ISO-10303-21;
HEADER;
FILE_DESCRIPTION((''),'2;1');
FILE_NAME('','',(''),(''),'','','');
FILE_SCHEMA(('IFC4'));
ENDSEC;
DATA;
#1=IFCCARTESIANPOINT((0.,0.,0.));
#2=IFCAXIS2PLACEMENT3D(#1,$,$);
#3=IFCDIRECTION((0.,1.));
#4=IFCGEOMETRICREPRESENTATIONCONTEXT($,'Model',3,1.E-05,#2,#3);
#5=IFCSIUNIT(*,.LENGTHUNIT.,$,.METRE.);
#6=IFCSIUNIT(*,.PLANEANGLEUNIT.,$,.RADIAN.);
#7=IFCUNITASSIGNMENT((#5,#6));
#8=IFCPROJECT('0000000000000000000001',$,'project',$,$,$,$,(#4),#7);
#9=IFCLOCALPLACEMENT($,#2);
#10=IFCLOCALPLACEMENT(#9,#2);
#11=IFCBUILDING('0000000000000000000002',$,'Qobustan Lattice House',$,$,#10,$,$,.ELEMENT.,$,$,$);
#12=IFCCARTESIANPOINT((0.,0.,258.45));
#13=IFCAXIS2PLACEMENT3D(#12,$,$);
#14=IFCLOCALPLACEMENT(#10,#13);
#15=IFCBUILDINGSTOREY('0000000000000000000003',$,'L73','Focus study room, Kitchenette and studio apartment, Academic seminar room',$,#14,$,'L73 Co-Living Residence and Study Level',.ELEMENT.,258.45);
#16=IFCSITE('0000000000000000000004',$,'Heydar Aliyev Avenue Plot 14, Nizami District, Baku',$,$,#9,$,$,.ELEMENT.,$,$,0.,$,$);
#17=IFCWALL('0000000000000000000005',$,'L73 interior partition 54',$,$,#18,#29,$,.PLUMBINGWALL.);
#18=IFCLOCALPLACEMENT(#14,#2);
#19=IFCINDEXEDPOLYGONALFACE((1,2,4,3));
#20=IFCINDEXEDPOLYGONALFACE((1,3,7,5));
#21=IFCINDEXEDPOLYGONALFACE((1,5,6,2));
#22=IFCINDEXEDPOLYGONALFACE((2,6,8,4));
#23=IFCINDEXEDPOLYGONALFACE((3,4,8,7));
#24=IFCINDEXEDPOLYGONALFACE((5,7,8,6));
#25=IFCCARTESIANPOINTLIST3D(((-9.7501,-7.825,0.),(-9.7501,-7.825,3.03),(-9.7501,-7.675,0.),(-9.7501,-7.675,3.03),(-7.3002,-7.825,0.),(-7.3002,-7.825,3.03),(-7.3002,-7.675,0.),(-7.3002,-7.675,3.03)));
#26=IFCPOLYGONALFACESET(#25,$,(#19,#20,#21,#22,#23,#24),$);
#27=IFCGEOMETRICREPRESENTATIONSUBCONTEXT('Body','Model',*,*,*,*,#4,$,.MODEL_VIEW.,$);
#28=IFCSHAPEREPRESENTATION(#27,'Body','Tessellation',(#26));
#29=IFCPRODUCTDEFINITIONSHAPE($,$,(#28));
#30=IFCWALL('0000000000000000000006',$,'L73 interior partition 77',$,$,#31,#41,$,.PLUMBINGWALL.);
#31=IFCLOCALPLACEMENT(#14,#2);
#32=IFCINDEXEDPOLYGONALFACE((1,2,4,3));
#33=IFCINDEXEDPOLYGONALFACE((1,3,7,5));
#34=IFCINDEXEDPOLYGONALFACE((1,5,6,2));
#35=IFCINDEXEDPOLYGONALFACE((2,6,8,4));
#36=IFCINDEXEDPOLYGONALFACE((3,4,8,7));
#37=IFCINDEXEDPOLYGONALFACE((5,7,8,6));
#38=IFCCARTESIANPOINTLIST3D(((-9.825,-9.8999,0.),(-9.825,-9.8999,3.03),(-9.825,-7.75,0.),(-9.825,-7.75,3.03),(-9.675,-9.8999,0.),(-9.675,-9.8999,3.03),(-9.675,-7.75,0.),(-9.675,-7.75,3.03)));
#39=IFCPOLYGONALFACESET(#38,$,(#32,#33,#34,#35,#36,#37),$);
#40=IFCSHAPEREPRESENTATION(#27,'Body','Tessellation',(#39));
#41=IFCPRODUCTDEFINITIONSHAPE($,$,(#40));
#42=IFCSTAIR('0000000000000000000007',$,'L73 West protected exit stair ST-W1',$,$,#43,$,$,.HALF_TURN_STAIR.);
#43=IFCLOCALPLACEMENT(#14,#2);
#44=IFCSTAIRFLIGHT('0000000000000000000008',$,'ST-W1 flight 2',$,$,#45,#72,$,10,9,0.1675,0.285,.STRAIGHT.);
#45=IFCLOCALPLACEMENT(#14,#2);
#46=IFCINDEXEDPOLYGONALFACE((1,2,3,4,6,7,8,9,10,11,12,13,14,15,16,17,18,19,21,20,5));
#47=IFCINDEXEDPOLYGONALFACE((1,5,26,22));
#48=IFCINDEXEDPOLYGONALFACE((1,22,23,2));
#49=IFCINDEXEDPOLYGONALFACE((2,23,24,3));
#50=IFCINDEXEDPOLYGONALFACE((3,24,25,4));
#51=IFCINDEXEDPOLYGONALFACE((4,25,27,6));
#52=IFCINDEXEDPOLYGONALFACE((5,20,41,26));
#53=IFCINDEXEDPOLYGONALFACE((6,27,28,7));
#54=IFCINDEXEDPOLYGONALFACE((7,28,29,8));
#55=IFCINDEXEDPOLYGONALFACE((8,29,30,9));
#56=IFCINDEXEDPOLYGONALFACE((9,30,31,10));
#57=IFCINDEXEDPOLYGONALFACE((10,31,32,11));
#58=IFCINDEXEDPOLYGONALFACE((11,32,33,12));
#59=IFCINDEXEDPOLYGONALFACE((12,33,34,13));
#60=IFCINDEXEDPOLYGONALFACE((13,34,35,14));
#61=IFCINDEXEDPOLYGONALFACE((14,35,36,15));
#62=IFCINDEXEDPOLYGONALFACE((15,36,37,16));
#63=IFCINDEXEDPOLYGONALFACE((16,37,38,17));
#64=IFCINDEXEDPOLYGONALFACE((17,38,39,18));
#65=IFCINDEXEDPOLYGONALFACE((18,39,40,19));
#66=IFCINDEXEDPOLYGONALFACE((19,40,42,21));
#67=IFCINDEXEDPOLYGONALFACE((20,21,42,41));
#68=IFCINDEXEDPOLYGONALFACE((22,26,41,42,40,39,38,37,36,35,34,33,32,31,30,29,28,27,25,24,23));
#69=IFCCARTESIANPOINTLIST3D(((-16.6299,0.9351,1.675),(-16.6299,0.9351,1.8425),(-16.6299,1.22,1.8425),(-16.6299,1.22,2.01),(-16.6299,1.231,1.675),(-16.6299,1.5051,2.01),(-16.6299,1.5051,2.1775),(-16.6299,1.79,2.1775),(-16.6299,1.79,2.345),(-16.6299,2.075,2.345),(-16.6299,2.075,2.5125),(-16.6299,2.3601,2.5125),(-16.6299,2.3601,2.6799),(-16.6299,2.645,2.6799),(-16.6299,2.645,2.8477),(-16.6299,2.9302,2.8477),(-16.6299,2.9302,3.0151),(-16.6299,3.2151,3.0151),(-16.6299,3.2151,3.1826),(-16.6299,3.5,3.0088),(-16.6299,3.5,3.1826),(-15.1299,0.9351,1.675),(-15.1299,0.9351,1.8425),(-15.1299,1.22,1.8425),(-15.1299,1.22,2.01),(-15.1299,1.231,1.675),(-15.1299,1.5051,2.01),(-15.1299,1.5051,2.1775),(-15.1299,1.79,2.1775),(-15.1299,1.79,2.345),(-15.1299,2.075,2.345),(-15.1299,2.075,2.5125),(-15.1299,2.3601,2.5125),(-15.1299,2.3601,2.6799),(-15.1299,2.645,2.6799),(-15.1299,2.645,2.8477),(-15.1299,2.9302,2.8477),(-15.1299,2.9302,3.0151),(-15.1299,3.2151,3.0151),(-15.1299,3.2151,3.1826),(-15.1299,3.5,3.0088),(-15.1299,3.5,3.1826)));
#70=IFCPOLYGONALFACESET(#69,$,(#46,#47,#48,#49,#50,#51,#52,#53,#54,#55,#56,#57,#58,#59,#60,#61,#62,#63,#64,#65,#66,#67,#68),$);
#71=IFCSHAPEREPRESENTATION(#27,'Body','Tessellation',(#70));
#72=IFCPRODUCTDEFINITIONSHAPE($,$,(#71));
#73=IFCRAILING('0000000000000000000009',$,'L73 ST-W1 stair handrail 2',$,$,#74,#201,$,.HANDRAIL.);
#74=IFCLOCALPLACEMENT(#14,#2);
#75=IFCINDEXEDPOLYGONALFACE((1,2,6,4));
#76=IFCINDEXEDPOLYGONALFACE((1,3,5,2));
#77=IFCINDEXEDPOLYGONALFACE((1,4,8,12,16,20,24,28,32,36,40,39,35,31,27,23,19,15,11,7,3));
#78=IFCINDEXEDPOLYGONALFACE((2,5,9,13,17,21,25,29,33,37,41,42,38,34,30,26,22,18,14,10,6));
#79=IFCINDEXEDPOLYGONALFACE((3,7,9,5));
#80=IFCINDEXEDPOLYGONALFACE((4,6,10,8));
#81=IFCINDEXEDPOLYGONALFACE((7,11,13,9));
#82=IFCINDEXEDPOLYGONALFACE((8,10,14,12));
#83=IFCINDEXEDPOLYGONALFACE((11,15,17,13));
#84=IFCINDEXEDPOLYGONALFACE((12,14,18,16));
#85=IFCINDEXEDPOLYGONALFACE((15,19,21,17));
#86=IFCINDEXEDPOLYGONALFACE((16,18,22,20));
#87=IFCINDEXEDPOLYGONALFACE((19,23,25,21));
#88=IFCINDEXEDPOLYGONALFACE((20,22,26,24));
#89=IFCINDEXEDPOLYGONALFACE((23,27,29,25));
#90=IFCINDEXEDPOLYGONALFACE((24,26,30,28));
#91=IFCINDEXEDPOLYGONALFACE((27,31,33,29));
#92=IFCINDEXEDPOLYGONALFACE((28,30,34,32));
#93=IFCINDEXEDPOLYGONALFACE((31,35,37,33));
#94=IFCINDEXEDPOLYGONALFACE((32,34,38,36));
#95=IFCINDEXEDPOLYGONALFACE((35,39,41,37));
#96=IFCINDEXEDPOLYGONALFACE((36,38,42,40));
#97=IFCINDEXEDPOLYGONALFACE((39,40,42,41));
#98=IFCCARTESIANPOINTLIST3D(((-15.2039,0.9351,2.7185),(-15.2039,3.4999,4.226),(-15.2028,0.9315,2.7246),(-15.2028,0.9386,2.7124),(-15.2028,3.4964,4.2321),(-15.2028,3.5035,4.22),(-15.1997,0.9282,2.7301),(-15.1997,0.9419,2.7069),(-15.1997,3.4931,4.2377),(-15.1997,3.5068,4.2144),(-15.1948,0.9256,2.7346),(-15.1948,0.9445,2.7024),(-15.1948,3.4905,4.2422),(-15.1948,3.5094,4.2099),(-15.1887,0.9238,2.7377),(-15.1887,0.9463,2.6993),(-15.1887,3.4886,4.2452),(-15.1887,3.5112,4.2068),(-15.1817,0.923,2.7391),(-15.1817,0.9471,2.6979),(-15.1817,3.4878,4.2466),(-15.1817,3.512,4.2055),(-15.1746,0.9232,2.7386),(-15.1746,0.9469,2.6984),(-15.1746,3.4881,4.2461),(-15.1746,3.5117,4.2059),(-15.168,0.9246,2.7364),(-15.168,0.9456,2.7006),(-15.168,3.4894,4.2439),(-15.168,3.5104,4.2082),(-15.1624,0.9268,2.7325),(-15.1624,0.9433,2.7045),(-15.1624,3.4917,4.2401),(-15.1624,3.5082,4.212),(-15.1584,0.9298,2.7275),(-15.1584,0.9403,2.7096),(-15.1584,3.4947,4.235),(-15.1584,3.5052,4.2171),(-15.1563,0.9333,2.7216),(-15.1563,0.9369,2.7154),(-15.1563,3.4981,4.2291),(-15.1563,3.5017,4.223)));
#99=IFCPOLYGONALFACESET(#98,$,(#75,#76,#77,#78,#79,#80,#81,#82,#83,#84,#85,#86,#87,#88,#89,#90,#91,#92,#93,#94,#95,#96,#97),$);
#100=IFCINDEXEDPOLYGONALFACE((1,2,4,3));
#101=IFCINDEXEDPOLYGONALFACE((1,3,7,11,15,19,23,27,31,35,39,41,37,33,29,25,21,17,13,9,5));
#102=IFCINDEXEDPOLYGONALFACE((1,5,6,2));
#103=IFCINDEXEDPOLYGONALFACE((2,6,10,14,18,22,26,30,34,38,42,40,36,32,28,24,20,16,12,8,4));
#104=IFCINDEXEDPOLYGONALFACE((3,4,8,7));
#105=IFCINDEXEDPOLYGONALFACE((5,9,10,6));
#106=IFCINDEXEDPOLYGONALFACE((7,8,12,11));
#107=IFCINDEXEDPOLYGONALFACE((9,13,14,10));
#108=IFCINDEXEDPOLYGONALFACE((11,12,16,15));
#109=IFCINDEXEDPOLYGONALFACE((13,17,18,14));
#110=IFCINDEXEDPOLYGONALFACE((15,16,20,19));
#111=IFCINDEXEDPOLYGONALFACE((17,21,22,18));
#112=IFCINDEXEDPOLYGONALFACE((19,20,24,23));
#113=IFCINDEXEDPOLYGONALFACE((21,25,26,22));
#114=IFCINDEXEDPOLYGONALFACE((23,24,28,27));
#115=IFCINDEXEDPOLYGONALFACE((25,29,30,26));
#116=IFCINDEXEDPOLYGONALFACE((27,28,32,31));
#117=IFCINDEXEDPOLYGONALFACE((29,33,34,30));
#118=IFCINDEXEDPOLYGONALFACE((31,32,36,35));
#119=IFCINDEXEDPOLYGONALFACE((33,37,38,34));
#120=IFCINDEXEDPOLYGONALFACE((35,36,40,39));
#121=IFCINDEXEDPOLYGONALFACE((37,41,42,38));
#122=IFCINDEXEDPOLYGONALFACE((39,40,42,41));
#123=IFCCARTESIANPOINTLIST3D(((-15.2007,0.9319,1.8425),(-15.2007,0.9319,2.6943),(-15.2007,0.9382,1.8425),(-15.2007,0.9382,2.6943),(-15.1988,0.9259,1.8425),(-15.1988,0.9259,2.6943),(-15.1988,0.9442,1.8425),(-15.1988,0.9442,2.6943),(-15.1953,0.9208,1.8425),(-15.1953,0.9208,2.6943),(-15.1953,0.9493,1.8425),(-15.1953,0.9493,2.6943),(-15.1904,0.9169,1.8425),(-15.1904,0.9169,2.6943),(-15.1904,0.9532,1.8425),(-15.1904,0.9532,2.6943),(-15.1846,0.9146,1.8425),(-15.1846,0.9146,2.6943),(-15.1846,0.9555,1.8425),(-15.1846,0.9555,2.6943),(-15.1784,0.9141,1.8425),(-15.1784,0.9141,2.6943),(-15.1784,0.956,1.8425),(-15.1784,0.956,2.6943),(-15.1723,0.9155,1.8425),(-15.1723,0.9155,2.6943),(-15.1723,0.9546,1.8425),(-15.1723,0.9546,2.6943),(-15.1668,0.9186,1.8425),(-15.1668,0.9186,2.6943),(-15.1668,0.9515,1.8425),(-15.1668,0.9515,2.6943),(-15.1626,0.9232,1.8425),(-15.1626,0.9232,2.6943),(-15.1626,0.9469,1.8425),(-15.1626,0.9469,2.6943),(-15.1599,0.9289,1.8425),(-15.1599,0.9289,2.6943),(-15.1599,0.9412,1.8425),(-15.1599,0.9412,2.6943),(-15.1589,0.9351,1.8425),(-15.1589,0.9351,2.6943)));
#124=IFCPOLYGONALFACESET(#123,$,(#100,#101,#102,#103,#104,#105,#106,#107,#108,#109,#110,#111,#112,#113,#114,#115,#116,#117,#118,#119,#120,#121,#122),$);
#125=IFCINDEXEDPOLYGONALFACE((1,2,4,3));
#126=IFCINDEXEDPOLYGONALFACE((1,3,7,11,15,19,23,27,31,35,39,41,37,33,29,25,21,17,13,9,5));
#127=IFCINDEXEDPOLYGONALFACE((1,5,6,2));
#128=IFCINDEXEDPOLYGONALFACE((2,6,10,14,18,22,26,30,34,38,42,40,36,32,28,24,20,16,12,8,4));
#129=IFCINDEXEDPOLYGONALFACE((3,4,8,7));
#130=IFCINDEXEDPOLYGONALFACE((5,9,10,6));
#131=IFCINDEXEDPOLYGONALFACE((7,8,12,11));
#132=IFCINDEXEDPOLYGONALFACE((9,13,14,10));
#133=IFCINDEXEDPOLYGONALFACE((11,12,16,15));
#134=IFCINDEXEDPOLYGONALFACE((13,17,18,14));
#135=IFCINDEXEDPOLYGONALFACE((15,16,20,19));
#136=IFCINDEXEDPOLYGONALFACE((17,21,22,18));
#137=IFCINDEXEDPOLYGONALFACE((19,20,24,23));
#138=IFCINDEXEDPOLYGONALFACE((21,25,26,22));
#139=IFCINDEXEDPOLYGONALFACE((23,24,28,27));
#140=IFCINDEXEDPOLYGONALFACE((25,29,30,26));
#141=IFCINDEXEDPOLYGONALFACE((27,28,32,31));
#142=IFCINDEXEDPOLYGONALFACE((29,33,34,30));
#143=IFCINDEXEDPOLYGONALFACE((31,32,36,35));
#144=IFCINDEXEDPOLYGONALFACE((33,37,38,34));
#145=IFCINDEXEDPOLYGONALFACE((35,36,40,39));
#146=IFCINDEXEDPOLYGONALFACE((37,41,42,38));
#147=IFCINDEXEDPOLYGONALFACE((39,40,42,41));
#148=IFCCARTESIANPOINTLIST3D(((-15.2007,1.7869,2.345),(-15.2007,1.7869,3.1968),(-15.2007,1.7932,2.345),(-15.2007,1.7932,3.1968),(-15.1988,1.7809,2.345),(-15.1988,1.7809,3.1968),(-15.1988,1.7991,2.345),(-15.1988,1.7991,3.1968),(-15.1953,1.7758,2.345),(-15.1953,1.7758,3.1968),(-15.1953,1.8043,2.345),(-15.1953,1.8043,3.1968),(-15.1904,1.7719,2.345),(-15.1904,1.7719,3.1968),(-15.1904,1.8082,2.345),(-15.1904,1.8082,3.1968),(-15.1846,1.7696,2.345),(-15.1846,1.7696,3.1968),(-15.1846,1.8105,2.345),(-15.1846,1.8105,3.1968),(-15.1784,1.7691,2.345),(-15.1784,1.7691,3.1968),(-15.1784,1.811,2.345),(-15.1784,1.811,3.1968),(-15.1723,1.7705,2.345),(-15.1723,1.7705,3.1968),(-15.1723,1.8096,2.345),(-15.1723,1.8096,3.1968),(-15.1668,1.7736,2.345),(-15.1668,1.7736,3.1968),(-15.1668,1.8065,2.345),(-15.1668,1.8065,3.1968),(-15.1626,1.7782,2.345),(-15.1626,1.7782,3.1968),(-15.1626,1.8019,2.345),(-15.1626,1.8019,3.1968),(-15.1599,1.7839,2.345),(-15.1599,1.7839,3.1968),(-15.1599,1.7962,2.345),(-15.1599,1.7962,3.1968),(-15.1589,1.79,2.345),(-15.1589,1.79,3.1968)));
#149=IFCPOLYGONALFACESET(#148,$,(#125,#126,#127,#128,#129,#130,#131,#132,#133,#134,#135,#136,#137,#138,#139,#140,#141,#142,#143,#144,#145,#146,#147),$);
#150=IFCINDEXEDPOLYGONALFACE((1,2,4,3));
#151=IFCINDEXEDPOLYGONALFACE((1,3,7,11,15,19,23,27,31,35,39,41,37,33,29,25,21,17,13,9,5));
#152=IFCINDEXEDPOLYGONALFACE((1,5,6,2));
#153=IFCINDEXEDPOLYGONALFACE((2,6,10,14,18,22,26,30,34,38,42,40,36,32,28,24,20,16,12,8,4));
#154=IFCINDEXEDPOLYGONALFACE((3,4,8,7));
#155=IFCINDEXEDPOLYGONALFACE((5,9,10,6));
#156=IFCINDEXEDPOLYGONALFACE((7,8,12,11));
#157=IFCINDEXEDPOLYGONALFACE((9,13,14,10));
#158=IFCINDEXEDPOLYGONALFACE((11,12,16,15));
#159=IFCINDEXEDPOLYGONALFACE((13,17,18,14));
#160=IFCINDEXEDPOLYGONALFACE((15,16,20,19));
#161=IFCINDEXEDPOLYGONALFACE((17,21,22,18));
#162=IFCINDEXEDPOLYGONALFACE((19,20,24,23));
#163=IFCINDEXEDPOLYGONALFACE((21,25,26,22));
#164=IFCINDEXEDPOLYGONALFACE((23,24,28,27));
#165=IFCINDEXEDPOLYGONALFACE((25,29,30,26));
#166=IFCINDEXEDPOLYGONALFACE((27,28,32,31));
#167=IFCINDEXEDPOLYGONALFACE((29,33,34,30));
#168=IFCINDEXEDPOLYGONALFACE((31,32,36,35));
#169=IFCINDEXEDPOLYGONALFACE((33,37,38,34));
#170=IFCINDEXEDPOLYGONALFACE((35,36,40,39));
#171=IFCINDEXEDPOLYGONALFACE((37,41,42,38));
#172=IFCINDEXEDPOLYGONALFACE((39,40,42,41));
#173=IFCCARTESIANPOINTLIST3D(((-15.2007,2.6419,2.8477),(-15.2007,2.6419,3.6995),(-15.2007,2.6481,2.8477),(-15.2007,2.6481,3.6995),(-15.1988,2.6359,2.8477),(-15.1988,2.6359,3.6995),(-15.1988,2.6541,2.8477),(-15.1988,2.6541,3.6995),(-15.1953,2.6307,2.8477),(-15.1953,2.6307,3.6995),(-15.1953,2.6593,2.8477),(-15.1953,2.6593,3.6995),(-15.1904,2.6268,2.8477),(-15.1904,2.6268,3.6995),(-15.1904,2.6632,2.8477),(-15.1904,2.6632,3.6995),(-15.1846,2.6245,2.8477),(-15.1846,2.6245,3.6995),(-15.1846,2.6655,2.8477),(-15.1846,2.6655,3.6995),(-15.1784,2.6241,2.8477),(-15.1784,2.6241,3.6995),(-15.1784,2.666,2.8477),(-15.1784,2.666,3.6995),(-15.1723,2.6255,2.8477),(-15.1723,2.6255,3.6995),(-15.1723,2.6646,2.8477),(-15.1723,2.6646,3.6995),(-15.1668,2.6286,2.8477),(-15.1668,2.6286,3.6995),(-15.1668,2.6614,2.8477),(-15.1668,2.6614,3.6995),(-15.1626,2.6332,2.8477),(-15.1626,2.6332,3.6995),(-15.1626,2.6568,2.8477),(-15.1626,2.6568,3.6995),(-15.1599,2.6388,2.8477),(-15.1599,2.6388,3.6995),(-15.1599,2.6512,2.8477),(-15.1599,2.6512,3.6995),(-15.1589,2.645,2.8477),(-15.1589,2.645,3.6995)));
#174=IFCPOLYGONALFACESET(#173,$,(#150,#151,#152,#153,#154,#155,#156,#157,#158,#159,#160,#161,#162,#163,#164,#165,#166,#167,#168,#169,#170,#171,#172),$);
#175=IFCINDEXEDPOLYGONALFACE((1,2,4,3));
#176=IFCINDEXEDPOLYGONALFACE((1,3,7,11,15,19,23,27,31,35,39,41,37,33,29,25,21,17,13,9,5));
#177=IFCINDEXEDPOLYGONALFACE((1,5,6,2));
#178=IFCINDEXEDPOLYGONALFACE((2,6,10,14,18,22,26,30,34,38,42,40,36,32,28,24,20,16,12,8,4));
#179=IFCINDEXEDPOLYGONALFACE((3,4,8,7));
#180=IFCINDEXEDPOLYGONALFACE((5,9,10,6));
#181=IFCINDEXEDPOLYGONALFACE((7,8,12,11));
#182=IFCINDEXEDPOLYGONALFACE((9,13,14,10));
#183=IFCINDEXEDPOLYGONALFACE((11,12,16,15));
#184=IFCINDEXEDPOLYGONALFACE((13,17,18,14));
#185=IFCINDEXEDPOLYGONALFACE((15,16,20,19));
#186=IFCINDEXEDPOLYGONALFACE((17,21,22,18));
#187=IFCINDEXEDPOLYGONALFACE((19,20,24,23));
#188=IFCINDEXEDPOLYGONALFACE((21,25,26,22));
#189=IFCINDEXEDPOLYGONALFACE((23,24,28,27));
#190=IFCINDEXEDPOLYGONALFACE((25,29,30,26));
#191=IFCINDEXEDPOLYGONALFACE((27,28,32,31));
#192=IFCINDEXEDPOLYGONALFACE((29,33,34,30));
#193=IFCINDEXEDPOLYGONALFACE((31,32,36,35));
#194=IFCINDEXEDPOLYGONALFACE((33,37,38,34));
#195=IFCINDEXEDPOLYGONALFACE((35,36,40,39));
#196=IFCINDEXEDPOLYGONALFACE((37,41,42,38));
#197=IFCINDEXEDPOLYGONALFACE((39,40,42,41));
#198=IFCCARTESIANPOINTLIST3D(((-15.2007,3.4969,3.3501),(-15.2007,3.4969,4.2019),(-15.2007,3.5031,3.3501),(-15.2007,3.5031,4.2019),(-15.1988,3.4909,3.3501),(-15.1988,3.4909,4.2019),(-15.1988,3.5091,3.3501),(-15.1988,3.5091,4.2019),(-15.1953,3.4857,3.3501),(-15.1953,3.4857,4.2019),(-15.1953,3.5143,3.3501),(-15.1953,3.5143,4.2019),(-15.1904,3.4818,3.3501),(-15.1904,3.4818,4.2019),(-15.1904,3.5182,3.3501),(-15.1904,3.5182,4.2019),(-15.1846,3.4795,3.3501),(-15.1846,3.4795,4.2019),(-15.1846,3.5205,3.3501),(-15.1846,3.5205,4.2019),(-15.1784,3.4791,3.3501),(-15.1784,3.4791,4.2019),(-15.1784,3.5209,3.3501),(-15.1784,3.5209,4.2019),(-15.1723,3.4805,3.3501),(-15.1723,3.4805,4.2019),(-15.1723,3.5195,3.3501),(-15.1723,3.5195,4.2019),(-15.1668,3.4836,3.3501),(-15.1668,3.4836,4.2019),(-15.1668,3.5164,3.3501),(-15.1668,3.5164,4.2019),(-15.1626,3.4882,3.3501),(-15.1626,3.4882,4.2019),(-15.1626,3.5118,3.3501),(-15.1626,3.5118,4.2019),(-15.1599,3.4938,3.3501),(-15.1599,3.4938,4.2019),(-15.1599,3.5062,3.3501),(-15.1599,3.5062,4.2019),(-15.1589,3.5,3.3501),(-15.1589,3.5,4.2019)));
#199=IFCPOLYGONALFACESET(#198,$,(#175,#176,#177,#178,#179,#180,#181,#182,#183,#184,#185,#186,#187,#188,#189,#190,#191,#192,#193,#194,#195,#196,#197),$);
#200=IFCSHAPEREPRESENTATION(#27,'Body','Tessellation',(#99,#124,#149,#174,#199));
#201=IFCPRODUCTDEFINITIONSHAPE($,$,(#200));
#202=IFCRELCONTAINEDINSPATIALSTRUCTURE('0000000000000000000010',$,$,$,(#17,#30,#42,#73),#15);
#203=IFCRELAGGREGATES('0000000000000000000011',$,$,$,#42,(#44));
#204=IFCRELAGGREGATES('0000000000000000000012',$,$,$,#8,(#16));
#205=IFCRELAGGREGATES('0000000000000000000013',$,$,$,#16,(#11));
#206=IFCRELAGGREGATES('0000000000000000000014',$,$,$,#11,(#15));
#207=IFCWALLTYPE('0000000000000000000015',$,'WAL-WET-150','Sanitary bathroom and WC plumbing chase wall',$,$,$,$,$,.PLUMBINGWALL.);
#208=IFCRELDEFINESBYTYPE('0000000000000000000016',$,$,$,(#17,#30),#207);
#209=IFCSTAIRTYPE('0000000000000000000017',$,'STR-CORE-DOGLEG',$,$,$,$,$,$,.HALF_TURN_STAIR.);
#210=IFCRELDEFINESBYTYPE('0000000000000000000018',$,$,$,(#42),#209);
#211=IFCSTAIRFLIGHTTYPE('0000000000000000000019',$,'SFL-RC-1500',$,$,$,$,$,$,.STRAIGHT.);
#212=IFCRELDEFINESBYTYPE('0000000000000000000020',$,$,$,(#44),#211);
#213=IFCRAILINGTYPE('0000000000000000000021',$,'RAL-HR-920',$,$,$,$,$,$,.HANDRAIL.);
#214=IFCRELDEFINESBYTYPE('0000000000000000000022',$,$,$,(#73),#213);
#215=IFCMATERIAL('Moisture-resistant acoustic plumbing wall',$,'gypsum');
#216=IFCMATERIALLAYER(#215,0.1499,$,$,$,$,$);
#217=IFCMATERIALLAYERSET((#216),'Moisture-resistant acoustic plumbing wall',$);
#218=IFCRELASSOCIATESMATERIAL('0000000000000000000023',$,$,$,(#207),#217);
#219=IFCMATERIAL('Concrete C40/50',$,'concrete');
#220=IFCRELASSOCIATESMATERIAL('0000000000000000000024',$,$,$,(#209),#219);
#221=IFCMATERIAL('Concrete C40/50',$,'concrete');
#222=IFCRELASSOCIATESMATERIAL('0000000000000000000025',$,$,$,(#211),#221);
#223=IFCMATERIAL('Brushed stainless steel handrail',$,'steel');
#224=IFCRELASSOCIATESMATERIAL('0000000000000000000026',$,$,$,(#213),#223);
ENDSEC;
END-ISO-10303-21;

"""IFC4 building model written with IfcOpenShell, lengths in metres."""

from ifc_helpers import new_model, si_unit, direction, frame, frame_2d, origin, origin_2d, place, context, subcontext, project, spatial, polyline, rectangle, circle, outline, extrude, material, layer, layer_set, type_object, element, aggregate, save


model = new_model("IFC4")

# Units and contexts
model_context = context("Model", 3, precision=1e-05, world=origin(), true_north=direction((0.0, 1.0)))
body_context = subcontext(model_context, "Body", "Model", "MODEL_VIEW")
ifc_project = project(units=[si_unit("LENGTHUNIT", "METRE"), si_unit("PLANEANGLEUNIT", "RADIAN")], contexts=[model_context])

# Site, building, storey
site_placement = place(None, origin())
site = spatial("IfcSite", under=ifc_project, at=site_placement, Name="Heydar Aliyev Avenue Plot 14, Nizami District, Baku", CompositionType="ELEMENT", RefElevation=0.0)
building_placement = place(site_placement, origin())
building = spatial("IfcBuilding", under=site, at=building_placement, Name="Qobustan Lattice House", CompositionType="ELEMENT")
storey_placement = place(building_placement, frame((0.0, 0.0, 258.45)))
storey = spatial("IfcBuildingStorey", under=building, at=storey_placement, Name="L73", Description="Focus study room, Kitchenette and studio apartment, Academic seminar room", LongName="L73 Co-Living Residence and Study Level", CompositionType="ELEMENT", Elevation=258.45)

# Walls
ifc_material_1 = material(Name="Moisture-resistant acoustic plumbing wall", Category="gypsum")
ifc_layer_1 = layer(ifc_material_1, 0.1499)
ifc_layer_set_1 = layer_set([ifc_layer_1], Name="Moisture-resistant acoustic plumbing wall")
wall_type_1 = type_object("IfcWallType", Name="WAL-WET-150", Description="Sanitary bathroom and WC plumbing chase wall", PredefinedType="PLUMBINGWALL", material=ifc_layer_set_1)
wall_1_placement = place(storey_placement, frame((-7.3, -7.75, 0.0), z_axis=(0.0, 0.0, 1.0), x_axis=(-1.0, 0.0, 0.0)))
element("IfcWall", 1, at=wall_1_placement, inside=storey, type_object=wall_type_1, Name="L73 interior partition 54", PredefinedType="PLUMBINGWALL", context=body_context, shape_type="SweptSolid", body=[
    extrude(rectangle(XDim=2.45, YDim=0.1499, at=frame_2d((1.2251, 0.0))), origin(), (0.0, 0.0, 1.0), 3.03),
])
wall_2_placement = place(storey_placement, frame((-9.75, -7.75, 0.0), z_axis=(0.0, 0.0, 1.0), x_axis=(0.0, -1.0, 0.0)))
element("IfcWall", 2, at=wall_2_placement, inside=storey, type_object=wall_type_1, Name="L73 interior partition 77", PredefinedType="PLUMBINGWALL", context=body_context, shape_type="SweptSolid", body=[
    extrude(rectangle(XDim=2.1499, YDim=0.1499, at=frame_2d((1.075, 0.0))), origin(), (0.0, 0.0, 1.0), 3.03),
])

# Stair, stair flight
ifc_material_2 = material(Name="Concrete C40/50", Category="concrete")
stair_type = type_object("IfcStairType", Name="STR-CORE-DOGLEG", PredefinedType="HALF_TURN_STAIR", material=ifc_material_2)
stair_placement = place(storey_placement, origin())
stair = element("IfcStair", 3, at=stair_placement, inside=storey, type_object=stair_type, Name="L73 West protected exit stair ST-W1", PredefinedType="HALF_TURN_STAIR")
ifc_material_3 = material(Name="Concrete C40/50", Category="concrete")
stair_flight_type = type_object("IfcStairFlightType", Name="SFL-RC-1500", PredefinedType="STRAIGHT", material=ifc_material_3)
stair_flight_placement = place(storey_placement, frame((-15.8799, 0.9351, 1.675), z_axis=(0.0, 0.0, 1.0), x_axis=(0.0, 1.0, 0.0)))
stair_flight = element("IfcStairFlight", 4, at=stair_flight_placement, type_object=stair_flight_type, Name="ST-W1 flight 2", NumberOfRisers=10, NumberOfTreads=9, PredefinedType="STRAIGHT", RiserHeight=0.1675, TreadLength=0.285, context=body_context, shape_type="SweptSolid", body=[
    extrude(outline(polyline([(0.0, 0.0), (0.0, 0.1675), (0.2849, 0.1675), (0.2849, 0.335), (0.5701, 0.335), (0.5701, 0.5024), (0.855, 0.5024), (0.855, 0.6699), (1.1399, 0.6699), (1.1399, 0.8374), (1.425, 0.8374), (1.425, 1.0049), (1.71, 1.0049), (1.71, 1.1726), (1.9951, 1.1726), (1.9951, 1.3401), (2.28, 1.3401), (2.28, 1.5076), (2.5649, 1.5076), (2.5649, 1.675), (2.5649, 1.3337), (0.2959, 0.0), (0.0, 0.0)])), frame((0.0, 0.75, 0.0), z_axis=(0.0, -1.0, 0.0), x_axis=(1.0, 0.0, 0.0)), (0.0, 0.0, 1.0), 1.5),
])
aggregate(stair, [stair_flight])

# Railing
ifc_material_4 = material(Name="Brushed stainless steel handrail", Category="steel")
railing_type = type_object("IfcRailingType", Name="RAL-HR-920", PredefinedType="HANDRAIL", material=ifc_material_4)
railing_placement = place(storey_placement, frame((-15.1799, 0.9351, 1.8425)))
element("IfcRailing", 5, at=railing_placement, inside=storey, type_object=railing_type, Name="L73 ST-W1 stair handrail 2", PredefinedType="HANDRAIL", context=body_context, shape_type="SweptSolid", body=[
    extrude(circle(Radius=0.0239, at=origin_2d()), frame((0.0, 0.0, 0.876), z_axis=(0.0, 0.862113, 0.506715), x_axis=(-1.0, 0.0, 0.0)), (0.0, 0.0, 1.0), 2.9751),
    extrude(circle(Radius=0.021, at=origin_2d()), origin(), (0.0, 0.0, 1.0), 0.8518),
    extrude(circle(Radius=0.021, at=origin_2d()), frame((0.0, 0.855, 0.5024)), (0.0, 0.0, 1.0), 0.8518),
    extrude(circle(Radius=0.021, at=origin_2d()), frame((0.0, 1.71, 1.0051)), (0.0, 0.0, 1.0), 0.8518),
    extrude(circle(Radius=0.021, at=origin_2d()), frame((0.0, 2.5649, 1.5076)), (0.0, 0.0, 1.0), 0.8518),
])

save(model, "model.ifc")
